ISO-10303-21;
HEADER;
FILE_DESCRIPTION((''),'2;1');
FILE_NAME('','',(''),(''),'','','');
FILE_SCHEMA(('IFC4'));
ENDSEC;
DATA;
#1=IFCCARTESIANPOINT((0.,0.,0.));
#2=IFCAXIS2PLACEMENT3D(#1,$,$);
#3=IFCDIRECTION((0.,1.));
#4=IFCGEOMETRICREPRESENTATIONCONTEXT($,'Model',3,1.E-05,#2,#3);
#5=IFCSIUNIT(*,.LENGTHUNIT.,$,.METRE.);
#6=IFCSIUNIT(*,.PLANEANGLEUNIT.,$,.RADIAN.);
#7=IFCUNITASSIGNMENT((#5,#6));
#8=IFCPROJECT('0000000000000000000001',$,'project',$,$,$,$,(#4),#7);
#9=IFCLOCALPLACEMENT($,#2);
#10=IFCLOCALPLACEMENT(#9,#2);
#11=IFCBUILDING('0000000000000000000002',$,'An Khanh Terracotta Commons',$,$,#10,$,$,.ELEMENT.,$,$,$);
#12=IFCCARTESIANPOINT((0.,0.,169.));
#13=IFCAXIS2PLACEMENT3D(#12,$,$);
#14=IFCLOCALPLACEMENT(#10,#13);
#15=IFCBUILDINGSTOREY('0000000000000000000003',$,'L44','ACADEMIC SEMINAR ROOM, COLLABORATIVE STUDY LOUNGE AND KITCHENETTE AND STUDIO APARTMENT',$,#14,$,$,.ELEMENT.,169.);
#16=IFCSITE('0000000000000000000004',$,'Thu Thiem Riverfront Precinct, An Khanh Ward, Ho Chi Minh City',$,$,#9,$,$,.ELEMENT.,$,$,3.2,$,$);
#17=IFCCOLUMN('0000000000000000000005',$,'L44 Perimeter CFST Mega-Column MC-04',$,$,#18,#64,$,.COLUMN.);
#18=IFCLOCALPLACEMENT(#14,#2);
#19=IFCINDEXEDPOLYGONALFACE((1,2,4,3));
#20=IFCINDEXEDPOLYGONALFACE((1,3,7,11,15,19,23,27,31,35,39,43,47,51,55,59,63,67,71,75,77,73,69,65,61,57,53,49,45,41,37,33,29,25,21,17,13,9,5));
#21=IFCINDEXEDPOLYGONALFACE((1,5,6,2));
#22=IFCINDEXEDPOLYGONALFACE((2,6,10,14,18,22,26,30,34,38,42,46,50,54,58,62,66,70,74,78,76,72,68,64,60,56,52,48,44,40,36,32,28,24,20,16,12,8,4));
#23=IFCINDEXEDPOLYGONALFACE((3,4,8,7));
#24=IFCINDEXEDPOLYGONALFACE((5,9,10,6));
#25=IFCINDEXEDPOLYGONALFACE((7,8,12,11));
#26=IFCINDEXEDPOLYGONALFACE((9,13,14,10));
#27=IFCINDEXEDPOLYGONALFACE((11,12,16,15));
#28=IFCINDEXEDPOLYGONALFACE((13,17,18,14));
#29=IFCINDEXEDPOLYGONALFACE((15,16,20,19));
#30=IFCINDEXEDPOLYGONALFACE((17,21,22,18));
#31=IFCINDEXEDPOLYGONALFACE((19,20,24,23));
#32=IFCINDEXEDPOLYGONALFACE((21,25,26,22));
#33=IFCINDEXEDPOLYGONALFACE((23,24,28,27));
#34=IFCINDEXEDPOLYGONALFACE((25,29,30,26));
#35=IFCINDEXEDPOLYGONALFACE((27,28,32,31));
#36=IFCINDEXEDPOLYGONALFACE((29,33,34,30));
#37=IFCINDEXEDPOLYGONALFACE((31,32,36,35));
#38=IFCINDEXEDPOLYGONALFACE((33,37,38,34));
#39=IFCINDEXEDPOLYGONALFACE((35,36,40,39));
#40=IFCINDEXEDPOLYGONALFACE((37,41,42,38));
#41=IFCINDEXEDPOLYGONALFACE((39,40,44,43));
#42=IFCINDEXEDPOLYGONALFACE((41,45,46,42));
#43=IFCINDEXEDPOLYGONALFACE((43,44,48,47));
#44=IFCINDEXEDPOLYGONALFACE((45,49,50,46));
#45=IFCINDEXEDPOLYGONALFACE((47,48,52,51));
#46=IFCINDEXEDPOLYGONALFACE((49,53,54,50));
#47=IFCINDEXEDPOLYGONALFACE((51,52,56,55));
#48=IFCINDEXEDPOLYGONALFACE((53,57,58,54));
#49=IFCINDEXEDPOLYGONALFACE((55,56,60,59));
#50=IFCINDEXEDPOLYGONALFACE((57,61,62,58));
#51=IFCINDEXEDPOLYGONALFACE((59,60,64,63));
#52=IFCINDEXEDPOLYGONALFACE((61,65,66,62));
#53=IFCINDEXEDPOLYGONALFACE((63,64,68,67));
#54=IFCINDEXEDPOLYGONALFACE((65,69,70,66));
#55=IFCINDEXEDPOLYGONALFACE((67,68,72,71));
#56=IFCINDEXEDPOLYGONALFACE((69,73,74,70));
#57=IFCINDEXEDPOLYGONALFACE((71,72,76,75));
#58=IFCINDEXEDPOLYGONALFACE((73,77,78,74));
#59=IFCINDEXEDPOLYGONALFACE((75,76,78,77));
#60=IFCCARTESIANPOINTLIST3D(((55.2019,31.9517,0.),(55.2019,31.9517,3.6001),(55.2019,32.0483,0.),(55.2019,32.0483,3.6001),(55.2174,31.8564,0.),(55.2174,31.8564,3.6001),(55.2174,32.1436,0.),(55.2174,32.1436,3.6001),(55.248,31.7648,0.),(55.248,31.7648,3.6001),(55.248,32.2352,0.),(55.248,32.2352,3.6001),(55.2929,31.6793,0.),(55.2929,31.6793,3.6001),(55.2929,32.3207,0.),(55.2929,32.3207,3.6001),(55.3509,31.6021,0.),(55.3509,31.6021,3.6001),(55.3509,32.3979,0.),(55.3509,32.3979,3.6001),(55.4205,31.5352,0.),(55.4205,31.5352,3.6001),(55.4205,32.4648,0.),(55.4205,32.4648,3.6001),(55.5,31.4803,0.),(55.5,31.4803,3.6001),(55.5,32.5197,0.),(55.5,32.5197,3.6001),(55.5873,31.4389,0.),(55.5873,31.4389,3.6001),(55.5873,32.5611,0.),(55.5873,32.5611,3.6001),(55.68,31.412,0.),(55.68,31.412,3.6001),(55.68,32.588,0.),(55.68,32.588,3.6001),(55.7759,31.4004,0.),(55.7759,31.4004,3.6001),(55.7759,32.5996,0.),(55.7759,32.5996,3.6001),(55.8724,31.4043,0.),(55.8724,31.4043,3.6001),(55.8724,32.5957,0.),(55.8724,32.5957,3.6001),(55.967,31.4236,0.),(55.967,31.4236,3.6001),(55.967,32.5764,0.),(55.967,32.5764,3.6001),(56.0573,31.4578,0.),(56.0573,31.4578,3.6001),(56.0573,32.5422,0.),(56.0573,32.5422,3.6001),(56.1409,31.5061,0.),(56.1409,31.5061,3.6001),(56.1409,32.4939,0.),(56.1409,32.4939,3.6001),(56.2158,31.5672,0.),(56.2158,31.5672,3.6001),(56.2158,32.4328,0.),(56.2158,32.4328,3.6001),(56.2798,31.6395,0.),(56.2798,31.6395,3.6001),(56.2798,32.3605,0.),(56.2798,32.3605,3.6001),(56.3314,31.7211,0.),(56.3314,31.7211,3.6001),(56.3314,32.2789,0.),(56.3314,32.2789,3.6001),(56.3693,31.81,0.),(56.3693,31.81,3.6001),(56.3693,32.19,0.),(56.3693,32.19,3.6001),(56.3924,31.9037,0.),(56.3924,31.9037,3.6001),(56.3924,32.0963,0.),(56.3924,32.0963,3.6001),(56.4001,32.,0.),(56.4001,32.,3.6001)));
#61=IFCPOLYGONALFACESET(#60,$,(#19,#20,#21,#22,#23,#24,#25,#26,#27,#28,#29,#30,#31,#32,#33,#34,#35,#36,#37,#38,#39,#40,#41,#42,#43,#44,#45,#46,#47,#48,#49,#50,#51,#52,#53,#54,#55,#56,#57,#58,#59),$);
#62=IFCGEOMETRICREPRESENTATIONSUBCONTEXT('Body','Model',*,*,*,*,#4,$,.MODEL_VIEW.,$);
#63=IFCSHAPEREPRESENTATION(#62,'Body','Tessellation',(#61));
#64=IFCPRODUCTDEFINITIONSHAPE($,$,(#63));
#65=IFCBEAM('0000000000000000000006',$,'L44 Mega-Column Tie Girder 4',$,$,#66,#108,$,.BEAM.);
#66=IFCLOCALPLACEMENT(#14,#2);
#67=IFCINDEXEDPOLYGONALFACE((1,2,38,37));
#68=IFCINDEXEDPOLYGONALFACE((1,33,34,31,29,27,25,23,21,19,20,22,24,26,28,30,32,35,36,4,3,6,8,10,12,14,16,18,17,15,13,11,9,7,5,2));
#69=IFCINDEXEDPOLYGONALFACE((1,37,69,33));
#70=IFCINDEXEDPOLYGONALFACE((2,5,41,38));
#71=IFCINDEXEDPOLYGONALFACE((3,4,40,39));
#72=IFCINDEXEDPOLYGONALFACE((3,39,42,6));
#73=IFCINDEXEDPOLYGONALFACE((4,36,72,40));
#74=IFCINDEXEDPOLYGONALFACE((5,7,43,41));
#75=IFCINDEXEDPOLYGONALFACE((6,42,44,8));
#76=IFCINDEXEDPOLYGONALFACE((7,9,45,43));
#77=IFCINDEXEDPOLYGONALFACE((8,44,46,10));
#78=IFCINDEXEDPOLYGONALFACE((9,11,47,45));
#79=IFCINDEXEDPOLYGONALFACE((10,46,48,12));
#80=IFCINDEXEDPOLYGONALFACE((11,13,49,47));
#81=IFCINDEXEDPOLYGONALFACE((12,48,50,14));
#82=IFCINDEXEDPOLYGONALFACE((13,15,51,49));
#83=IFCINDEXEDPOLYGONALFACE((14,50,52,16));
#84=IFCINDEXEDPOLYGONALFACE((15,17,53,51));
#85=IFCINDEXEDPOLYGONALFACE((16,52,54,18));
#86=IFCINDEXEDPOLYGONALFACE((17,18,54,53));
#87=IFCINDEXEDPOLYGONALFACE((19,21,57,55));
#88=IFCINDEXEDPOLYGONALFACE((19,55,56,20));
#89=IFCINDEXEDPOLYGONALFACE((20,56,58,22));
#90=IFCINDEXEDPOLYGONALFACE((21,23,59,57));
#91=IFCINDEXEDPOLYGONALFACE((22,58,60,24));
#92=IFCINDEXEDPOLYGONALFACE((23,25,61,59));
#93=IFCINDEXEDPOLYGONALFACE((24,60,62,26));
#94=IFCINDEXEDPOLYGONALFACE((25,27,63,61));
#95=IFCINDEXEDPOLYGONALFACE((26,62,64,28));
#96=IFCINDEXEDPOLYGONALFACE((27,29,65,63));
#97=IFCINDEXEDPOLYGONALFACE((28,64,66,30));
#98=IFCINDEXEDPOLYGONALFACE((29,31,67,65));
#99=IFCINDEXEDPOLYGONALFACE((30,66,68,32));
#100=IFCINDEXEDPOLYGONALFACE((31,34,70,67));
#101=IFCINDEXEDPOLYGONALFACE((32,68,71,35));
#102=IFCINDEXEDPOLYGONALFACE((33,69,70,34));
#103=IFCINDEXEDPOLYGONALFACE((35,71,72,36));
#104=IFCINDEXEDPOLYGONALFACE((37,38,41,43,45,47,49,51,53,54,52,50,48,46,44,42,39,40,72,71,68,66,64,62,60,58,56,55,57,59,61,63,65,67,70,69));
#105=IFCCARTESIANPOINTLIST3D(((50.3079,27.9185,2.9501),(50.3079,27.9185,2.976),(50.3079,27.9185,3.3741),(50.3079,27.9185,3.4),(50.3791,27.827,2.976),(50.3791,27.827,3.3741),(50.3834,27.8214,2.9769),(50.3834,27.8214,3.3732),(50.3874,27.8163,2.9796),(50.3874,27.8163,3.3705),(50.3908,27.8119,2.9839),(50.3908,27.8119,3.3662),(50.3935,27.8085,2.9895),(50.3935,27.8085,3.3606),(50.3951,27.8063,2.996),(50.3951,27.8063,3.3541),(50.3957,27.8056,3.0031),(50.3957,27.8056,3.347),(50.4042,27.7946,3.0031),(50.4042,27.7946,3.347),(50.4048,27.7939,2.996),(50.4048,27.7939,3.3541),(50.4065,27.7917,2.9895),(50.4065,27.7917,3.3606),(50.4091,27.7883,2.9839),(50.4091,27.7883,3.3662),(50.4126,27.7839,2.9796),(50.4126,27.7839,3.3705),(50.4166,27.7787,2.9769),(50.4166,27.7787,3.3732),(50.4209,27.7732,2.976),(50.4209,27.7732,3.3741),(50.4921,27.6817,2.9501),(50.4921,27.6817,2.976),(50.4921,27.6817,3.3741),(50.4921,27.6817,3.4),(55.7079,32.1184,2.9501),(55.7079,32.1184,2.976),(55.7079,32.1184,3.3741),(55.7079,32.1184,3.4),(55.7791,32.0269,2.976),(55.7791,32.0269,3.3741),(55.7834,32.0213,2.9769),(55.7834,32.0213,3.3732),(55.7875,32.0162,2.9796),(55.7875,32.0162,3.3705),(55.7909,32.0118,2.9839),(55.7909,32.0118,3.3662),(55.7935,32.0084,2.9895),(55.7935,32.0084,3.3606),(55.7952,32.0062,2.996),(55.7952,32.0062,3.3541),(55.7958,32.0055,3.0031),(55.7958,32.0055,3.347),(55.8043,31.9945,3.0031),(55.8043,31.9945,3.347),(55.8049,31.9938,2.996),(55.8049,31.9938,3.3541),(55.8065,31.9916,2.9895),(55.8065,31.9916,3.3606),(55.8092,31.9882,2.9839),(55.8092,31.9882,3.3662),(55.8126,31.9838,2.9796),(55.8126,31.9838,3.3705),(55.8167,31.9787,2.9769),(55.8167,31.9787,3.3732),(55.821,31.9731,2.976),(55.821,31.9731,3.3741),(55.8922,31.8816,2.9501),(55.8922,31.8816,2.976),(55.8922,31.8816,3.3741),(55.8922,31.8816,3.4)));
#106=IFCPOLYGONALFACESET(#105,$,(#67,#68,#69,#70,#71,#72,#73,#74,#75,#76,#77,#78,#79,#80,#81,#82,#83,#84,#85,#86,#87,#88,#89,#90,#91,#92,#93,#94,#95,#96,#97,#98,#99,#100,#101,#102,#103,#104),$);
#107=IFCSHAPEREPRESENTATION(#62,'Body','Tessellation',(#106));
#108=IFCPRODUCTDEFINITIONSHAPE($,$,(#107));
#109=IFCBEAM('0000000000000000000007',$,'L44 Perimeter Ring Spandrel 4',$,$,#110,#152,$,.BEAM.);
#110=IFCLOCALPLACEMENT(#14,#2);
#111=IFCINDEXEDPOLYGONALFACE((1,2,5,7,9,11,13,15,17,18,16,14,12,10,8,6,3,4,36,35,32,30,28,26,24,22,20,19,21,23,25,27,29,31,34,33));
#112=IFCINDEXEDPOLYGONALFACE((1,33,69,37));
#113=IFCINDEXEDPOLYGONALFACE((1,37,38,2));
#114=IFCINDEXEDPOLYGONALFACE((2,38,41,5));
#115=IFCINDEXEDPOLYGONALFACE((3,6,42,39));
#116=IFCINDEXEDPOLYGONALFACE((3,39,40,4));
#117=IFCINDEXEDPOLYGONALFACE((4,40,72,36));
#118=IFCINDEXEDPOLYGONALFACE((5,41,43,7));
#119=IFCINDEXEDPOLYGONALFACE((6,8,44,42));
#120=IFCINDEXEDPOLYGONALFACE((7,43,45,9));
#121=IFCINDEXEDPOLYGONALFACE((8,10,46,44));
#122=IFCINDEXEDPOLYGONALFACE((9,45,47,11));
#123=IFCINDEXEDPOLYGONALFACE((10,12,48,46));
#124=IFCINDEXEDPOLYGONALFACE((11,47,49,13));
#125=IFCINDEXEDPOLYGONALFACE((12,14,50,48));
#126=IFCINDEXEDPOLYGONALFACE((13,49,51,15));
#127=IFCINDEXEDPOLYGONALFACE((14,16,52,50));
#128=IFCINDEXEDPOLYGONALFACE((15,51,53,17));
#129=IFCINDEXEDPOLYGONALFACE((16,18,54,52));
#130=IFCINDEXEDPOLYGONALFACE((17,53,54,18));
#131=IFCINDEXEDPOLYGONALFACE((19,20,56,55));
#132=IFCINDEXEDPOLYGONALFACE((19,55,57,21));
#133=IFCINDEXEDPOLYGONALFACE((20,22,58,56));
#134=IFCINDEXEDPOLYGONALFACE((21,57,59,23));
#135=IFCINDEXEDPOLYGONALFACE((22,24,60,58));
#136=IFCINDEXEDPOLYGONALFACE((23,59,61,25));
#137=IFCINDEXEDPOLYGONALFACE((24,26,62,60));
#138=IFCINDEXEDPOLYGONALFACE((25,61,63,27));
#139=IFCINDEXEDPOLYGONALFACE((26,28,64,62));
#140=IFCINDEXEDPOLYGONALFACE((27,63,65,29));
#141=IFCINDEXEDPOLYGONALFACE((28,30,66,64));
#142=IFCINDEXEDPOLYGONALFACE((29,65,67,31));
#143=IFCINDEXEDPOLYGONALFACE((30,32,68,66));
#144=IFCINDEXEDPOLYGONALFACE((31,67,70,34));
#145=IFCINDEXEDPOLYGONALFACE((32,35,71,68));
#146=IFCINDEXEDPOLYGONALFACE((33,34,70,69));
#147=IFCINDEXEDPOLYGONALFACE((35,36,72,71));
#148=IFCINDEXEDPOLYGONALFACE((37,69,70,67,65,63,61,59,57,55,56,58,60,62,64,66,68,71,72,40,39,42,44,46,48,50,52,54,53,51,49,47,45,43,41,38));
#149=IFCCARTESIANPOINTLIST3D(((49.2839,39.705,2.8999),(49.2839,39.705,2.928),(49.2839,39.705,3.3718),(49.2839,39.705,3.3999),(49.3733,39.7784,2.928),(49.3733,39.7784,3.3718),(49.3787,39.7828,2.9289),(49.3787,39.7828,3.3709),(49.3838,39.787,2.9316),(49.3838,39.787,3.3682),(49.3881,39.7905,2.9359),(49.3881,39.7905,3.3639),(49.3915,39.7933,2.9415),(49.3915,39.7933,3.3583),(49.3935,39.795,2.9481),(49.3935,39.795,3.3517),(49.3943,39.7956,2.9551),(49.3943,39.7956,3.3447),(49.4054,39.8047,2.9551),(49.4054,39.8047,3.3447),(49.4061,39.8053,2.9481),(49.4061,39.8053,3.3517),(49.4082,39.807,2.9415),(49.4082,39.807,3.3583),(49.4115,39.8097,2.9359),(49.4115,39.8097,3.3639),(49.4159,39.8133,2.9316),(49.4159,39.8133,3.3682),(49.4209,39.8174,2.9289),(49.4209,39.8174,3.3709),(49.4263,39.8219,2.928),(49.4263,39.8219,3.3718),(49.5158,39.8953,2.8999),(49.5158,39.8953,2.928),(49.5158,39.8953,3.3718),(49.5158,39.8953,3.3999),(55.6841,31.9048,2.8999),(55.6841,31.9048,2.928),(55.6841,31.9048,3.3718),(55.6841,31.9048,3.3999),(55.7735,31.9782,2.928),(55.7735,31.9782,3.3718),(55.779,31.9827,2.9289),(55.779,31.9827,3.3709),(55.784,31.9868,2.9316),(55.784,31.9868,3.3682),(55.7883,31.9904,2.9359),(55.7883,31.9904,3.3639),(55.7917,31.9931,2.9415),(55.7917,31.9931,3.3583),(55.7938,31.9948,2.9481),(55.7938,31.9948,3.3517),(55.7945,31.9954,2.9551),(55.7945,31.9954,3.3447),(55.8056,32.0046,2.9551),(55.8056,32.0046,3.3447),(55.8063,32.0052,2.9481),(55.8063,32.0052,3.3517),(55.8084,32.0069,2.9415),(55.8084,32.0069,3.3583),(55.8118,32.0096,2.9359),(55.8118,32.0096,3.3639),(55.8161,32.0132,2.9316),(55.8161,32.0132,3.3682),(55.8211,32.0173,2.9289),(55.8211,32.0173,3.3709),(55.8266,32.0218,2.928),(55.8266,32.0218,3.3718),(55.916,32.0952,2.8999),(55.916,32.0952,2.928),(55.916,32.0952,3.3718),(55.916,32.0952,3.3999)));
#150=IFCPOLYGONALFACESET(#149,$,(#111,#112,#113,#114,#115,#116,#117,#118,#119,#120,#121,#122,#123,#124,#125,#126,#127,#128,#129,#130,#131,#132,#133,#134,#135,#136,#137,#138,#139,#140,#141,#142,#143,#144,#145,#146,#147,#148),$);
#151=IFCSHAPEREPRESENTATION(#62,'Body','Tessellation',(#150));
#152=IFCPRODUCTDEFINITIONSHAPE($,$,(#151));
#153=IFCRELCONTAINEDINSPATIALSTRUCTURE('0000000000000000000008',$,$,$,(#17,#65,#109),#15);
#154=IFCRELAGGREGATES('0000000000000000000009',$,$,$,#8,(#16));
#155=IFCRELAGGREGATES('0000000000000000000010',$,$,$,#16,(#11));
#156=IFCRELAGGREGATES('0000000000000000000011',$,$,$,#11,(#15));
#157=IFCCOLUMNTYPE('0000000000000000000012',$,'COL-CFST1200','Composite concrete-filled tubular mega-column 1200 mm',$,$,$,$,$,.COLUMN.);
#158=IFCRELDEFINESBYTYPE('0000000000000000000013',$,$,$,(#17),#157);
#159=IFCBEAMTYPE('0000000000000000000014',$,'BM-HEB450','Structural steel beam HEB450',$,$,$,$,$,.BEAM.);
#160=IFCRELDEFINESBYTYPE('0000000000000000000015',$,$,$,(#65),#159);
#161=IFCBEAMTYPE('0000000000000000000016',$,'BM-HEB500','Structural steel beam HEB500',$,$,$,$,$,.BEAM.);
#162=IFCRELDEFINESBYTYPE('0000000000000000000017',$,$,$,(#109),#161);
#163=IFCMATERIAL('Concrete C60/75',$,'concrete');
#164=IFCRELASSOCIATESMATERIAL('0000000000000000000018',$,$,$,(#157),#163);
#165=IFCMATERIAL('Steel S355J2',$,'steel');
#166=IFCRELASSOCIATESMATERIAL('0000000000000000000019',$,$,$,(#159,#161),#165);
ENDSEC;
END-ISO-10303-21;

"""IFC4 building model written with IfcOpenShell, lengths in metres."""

from ifc_helpers import new_model, si_unit, direction, frame, origin, origin_2d, place, context, subcontext, project, spatial, circle, i_section, extrude, material, material_profile, profile_set, type_object, element, save


model = new_model("IFC4")

# Units and contexts
model_context = context("Model", 3, precision=1e-05, world=origin(), true_north=direction((0.0, 1.0)))
body_context = subcontext(model_context, "Body", "Model", "MODEL_VIEW")
ifc_project = project(units=[si_unit("LENGTHUNIT", "METRE"), si_unit("PLANEANGLEUNIT", "RADIAN")], contexts=[model_context])

# Site, building, storey
site_placement = place(None, origin())
site = spatial("IfcSite", under=ifc_project, at=site_placement, Name="Thu Thiem Riverfront Precinct, An Khanh Ward, Ho Chi Minh City", CompositionType="ELEMENT", RefElevation=3.2)
building_placement = place(site_placement, origin())
building = spatial("IfcBuilding", under=site, at=building_placement, Name="An Khanh Terracotta Commons", CompositionType="ELEMENT")
storey_placement = place(building_placement, frame((0.0, 0.0, 169.0)))
storey = spatial("IfcBuildingStorey", under=building, at=storey_placement, Name="L44", Description="ACADEMIC SEMINAR ROOM, COLLABORATIVE STUDY LOUNGE AND KITCHENETTE AND STUDIO APARTMENT", CompositionType="ELEMENT", Elevation=169.0)

# Column
ifc_material_1 = material(Name="Concrete C60/75", Category="concrete")
ifc_material_profile_1 = material_profile(ifc_material_1, circle(Radius=0.6001, at=origin_2d()), Name="CFST1200")
ifc_profile_set_1 = profile_set([ifc_material_profile_1], Name="Concrete C60/75")
column_type = type_object("IfcColumnType", Name="COL-CFST1200", Description="Composite concrete-filled tubular mega-column 1200 mm", PredefinedType="COLUMN", material=ifc_profile_set_1)
column_placement = place(storey_placement, frame((55.8, 32.0, 0.0), z_axis=(0.0, 0.0, 1.0), x_axis=(1.0, 0.0, 0.0)))
element("IfcColumn", 1, at=column_placement, inside=storey, type_object=column_type, Name="L44 Perimeter CFST Mega-Column MC-04", PredefinedType="COLUMN", context=body_context, shape_type="SweptSolid", body=[
    extrude(circle(Radius=0.6001, at=origin_2d()), origin(), (0.0, 0.0, 1.0), 3.6001),
])

# Beams
ifc_material_2 = material(Name="Steel S355J2", Category="steel")
ifc_material_profile_2 = material_profile(ifc_material_2, i_section(OverallWidth=0.3, OverallDepth=0.45, WebThickness=0.0139, FlangeThickness=0.0259, FilletRadius=0.0271, at=origin_2d()), Name="HEB450")
ifc_profile_set_2 = profile_set([ifc_material_profile_2], Name="Steel S355J2")
beam_type_1 = type_object("IfcBeamType", Name="BM-HEB450", Description="Structural steel beam HEB450", PredefinedType="BEAM", material=ifc_profile_set_2)
beam_1_placement = place(storey_placement, frame((55.8, 32.0, 3.175), z_axis=(-0.789364, -0.613926, 0.0), x_axis=(0.613926, -0.789364, 0.0)))
element("IfcBeam", 2, at=beam_1_placement, inside=storey, type_object=beam_type_1, Name="L44 Mega-Column Tie Girder 4", PredefinedType="BEAM", context=body_context, shape_type="SweptSolid", body=[
    extrude(i_section(OverallWidth=0.3, OverallDepth=0.45, WebThickness=0.0139, FlangeThickness=0.0259, FilletRadius=0.0271, at=origin_2d()), origin(), (0.0, 0.0, 1.0), 6.8411),
])
ifc_material_profile_3 = material_profile(ifc_material_2, i_section(OverallWidth=0.3, OverallDepth=0.5, WebThickness=0.0144, FlangeThickness=0.0281, FilletRadius=0.0271, at=origin_2d()), Name="HEB500")
ifc_profile_set_3 = profile_set([ifc_material_profile_3], Name="Steel S355J2")
beam_type_2 = type_object("IfcBeamType", Name="BM-HEB500", Description="Structural steel beam HEB500", PredefinedType="BEAM", material=ifc_profile_set_3)
beam_2_placement = place(storey_placement, frame((55.8, 32.0, 3.1499), z_axis=(-0.634323, 0.773068, 0.0), x_axis=(-0.773068, -0.634323, 0.0)))
element("IfcBeam", 3, at=beam_2_placement, inside=storey, type_object=beam_type_2, Name="L44 Perimeter Ring Spandrel 4", PredefinedType="BEAM", context=body_context, shape_type="SweptSolid", body=[
    extrude(i_section(OverallWidth=0.3, OverallDepth=0.5, WebThickness=0.0144, FlangeThickness=0.0281, FilletRadius=0.0271, at=origin_2d()), origin(), (0.0, 0.0, 1.0), 10.0898),
])

save(model, "model.ifc")
